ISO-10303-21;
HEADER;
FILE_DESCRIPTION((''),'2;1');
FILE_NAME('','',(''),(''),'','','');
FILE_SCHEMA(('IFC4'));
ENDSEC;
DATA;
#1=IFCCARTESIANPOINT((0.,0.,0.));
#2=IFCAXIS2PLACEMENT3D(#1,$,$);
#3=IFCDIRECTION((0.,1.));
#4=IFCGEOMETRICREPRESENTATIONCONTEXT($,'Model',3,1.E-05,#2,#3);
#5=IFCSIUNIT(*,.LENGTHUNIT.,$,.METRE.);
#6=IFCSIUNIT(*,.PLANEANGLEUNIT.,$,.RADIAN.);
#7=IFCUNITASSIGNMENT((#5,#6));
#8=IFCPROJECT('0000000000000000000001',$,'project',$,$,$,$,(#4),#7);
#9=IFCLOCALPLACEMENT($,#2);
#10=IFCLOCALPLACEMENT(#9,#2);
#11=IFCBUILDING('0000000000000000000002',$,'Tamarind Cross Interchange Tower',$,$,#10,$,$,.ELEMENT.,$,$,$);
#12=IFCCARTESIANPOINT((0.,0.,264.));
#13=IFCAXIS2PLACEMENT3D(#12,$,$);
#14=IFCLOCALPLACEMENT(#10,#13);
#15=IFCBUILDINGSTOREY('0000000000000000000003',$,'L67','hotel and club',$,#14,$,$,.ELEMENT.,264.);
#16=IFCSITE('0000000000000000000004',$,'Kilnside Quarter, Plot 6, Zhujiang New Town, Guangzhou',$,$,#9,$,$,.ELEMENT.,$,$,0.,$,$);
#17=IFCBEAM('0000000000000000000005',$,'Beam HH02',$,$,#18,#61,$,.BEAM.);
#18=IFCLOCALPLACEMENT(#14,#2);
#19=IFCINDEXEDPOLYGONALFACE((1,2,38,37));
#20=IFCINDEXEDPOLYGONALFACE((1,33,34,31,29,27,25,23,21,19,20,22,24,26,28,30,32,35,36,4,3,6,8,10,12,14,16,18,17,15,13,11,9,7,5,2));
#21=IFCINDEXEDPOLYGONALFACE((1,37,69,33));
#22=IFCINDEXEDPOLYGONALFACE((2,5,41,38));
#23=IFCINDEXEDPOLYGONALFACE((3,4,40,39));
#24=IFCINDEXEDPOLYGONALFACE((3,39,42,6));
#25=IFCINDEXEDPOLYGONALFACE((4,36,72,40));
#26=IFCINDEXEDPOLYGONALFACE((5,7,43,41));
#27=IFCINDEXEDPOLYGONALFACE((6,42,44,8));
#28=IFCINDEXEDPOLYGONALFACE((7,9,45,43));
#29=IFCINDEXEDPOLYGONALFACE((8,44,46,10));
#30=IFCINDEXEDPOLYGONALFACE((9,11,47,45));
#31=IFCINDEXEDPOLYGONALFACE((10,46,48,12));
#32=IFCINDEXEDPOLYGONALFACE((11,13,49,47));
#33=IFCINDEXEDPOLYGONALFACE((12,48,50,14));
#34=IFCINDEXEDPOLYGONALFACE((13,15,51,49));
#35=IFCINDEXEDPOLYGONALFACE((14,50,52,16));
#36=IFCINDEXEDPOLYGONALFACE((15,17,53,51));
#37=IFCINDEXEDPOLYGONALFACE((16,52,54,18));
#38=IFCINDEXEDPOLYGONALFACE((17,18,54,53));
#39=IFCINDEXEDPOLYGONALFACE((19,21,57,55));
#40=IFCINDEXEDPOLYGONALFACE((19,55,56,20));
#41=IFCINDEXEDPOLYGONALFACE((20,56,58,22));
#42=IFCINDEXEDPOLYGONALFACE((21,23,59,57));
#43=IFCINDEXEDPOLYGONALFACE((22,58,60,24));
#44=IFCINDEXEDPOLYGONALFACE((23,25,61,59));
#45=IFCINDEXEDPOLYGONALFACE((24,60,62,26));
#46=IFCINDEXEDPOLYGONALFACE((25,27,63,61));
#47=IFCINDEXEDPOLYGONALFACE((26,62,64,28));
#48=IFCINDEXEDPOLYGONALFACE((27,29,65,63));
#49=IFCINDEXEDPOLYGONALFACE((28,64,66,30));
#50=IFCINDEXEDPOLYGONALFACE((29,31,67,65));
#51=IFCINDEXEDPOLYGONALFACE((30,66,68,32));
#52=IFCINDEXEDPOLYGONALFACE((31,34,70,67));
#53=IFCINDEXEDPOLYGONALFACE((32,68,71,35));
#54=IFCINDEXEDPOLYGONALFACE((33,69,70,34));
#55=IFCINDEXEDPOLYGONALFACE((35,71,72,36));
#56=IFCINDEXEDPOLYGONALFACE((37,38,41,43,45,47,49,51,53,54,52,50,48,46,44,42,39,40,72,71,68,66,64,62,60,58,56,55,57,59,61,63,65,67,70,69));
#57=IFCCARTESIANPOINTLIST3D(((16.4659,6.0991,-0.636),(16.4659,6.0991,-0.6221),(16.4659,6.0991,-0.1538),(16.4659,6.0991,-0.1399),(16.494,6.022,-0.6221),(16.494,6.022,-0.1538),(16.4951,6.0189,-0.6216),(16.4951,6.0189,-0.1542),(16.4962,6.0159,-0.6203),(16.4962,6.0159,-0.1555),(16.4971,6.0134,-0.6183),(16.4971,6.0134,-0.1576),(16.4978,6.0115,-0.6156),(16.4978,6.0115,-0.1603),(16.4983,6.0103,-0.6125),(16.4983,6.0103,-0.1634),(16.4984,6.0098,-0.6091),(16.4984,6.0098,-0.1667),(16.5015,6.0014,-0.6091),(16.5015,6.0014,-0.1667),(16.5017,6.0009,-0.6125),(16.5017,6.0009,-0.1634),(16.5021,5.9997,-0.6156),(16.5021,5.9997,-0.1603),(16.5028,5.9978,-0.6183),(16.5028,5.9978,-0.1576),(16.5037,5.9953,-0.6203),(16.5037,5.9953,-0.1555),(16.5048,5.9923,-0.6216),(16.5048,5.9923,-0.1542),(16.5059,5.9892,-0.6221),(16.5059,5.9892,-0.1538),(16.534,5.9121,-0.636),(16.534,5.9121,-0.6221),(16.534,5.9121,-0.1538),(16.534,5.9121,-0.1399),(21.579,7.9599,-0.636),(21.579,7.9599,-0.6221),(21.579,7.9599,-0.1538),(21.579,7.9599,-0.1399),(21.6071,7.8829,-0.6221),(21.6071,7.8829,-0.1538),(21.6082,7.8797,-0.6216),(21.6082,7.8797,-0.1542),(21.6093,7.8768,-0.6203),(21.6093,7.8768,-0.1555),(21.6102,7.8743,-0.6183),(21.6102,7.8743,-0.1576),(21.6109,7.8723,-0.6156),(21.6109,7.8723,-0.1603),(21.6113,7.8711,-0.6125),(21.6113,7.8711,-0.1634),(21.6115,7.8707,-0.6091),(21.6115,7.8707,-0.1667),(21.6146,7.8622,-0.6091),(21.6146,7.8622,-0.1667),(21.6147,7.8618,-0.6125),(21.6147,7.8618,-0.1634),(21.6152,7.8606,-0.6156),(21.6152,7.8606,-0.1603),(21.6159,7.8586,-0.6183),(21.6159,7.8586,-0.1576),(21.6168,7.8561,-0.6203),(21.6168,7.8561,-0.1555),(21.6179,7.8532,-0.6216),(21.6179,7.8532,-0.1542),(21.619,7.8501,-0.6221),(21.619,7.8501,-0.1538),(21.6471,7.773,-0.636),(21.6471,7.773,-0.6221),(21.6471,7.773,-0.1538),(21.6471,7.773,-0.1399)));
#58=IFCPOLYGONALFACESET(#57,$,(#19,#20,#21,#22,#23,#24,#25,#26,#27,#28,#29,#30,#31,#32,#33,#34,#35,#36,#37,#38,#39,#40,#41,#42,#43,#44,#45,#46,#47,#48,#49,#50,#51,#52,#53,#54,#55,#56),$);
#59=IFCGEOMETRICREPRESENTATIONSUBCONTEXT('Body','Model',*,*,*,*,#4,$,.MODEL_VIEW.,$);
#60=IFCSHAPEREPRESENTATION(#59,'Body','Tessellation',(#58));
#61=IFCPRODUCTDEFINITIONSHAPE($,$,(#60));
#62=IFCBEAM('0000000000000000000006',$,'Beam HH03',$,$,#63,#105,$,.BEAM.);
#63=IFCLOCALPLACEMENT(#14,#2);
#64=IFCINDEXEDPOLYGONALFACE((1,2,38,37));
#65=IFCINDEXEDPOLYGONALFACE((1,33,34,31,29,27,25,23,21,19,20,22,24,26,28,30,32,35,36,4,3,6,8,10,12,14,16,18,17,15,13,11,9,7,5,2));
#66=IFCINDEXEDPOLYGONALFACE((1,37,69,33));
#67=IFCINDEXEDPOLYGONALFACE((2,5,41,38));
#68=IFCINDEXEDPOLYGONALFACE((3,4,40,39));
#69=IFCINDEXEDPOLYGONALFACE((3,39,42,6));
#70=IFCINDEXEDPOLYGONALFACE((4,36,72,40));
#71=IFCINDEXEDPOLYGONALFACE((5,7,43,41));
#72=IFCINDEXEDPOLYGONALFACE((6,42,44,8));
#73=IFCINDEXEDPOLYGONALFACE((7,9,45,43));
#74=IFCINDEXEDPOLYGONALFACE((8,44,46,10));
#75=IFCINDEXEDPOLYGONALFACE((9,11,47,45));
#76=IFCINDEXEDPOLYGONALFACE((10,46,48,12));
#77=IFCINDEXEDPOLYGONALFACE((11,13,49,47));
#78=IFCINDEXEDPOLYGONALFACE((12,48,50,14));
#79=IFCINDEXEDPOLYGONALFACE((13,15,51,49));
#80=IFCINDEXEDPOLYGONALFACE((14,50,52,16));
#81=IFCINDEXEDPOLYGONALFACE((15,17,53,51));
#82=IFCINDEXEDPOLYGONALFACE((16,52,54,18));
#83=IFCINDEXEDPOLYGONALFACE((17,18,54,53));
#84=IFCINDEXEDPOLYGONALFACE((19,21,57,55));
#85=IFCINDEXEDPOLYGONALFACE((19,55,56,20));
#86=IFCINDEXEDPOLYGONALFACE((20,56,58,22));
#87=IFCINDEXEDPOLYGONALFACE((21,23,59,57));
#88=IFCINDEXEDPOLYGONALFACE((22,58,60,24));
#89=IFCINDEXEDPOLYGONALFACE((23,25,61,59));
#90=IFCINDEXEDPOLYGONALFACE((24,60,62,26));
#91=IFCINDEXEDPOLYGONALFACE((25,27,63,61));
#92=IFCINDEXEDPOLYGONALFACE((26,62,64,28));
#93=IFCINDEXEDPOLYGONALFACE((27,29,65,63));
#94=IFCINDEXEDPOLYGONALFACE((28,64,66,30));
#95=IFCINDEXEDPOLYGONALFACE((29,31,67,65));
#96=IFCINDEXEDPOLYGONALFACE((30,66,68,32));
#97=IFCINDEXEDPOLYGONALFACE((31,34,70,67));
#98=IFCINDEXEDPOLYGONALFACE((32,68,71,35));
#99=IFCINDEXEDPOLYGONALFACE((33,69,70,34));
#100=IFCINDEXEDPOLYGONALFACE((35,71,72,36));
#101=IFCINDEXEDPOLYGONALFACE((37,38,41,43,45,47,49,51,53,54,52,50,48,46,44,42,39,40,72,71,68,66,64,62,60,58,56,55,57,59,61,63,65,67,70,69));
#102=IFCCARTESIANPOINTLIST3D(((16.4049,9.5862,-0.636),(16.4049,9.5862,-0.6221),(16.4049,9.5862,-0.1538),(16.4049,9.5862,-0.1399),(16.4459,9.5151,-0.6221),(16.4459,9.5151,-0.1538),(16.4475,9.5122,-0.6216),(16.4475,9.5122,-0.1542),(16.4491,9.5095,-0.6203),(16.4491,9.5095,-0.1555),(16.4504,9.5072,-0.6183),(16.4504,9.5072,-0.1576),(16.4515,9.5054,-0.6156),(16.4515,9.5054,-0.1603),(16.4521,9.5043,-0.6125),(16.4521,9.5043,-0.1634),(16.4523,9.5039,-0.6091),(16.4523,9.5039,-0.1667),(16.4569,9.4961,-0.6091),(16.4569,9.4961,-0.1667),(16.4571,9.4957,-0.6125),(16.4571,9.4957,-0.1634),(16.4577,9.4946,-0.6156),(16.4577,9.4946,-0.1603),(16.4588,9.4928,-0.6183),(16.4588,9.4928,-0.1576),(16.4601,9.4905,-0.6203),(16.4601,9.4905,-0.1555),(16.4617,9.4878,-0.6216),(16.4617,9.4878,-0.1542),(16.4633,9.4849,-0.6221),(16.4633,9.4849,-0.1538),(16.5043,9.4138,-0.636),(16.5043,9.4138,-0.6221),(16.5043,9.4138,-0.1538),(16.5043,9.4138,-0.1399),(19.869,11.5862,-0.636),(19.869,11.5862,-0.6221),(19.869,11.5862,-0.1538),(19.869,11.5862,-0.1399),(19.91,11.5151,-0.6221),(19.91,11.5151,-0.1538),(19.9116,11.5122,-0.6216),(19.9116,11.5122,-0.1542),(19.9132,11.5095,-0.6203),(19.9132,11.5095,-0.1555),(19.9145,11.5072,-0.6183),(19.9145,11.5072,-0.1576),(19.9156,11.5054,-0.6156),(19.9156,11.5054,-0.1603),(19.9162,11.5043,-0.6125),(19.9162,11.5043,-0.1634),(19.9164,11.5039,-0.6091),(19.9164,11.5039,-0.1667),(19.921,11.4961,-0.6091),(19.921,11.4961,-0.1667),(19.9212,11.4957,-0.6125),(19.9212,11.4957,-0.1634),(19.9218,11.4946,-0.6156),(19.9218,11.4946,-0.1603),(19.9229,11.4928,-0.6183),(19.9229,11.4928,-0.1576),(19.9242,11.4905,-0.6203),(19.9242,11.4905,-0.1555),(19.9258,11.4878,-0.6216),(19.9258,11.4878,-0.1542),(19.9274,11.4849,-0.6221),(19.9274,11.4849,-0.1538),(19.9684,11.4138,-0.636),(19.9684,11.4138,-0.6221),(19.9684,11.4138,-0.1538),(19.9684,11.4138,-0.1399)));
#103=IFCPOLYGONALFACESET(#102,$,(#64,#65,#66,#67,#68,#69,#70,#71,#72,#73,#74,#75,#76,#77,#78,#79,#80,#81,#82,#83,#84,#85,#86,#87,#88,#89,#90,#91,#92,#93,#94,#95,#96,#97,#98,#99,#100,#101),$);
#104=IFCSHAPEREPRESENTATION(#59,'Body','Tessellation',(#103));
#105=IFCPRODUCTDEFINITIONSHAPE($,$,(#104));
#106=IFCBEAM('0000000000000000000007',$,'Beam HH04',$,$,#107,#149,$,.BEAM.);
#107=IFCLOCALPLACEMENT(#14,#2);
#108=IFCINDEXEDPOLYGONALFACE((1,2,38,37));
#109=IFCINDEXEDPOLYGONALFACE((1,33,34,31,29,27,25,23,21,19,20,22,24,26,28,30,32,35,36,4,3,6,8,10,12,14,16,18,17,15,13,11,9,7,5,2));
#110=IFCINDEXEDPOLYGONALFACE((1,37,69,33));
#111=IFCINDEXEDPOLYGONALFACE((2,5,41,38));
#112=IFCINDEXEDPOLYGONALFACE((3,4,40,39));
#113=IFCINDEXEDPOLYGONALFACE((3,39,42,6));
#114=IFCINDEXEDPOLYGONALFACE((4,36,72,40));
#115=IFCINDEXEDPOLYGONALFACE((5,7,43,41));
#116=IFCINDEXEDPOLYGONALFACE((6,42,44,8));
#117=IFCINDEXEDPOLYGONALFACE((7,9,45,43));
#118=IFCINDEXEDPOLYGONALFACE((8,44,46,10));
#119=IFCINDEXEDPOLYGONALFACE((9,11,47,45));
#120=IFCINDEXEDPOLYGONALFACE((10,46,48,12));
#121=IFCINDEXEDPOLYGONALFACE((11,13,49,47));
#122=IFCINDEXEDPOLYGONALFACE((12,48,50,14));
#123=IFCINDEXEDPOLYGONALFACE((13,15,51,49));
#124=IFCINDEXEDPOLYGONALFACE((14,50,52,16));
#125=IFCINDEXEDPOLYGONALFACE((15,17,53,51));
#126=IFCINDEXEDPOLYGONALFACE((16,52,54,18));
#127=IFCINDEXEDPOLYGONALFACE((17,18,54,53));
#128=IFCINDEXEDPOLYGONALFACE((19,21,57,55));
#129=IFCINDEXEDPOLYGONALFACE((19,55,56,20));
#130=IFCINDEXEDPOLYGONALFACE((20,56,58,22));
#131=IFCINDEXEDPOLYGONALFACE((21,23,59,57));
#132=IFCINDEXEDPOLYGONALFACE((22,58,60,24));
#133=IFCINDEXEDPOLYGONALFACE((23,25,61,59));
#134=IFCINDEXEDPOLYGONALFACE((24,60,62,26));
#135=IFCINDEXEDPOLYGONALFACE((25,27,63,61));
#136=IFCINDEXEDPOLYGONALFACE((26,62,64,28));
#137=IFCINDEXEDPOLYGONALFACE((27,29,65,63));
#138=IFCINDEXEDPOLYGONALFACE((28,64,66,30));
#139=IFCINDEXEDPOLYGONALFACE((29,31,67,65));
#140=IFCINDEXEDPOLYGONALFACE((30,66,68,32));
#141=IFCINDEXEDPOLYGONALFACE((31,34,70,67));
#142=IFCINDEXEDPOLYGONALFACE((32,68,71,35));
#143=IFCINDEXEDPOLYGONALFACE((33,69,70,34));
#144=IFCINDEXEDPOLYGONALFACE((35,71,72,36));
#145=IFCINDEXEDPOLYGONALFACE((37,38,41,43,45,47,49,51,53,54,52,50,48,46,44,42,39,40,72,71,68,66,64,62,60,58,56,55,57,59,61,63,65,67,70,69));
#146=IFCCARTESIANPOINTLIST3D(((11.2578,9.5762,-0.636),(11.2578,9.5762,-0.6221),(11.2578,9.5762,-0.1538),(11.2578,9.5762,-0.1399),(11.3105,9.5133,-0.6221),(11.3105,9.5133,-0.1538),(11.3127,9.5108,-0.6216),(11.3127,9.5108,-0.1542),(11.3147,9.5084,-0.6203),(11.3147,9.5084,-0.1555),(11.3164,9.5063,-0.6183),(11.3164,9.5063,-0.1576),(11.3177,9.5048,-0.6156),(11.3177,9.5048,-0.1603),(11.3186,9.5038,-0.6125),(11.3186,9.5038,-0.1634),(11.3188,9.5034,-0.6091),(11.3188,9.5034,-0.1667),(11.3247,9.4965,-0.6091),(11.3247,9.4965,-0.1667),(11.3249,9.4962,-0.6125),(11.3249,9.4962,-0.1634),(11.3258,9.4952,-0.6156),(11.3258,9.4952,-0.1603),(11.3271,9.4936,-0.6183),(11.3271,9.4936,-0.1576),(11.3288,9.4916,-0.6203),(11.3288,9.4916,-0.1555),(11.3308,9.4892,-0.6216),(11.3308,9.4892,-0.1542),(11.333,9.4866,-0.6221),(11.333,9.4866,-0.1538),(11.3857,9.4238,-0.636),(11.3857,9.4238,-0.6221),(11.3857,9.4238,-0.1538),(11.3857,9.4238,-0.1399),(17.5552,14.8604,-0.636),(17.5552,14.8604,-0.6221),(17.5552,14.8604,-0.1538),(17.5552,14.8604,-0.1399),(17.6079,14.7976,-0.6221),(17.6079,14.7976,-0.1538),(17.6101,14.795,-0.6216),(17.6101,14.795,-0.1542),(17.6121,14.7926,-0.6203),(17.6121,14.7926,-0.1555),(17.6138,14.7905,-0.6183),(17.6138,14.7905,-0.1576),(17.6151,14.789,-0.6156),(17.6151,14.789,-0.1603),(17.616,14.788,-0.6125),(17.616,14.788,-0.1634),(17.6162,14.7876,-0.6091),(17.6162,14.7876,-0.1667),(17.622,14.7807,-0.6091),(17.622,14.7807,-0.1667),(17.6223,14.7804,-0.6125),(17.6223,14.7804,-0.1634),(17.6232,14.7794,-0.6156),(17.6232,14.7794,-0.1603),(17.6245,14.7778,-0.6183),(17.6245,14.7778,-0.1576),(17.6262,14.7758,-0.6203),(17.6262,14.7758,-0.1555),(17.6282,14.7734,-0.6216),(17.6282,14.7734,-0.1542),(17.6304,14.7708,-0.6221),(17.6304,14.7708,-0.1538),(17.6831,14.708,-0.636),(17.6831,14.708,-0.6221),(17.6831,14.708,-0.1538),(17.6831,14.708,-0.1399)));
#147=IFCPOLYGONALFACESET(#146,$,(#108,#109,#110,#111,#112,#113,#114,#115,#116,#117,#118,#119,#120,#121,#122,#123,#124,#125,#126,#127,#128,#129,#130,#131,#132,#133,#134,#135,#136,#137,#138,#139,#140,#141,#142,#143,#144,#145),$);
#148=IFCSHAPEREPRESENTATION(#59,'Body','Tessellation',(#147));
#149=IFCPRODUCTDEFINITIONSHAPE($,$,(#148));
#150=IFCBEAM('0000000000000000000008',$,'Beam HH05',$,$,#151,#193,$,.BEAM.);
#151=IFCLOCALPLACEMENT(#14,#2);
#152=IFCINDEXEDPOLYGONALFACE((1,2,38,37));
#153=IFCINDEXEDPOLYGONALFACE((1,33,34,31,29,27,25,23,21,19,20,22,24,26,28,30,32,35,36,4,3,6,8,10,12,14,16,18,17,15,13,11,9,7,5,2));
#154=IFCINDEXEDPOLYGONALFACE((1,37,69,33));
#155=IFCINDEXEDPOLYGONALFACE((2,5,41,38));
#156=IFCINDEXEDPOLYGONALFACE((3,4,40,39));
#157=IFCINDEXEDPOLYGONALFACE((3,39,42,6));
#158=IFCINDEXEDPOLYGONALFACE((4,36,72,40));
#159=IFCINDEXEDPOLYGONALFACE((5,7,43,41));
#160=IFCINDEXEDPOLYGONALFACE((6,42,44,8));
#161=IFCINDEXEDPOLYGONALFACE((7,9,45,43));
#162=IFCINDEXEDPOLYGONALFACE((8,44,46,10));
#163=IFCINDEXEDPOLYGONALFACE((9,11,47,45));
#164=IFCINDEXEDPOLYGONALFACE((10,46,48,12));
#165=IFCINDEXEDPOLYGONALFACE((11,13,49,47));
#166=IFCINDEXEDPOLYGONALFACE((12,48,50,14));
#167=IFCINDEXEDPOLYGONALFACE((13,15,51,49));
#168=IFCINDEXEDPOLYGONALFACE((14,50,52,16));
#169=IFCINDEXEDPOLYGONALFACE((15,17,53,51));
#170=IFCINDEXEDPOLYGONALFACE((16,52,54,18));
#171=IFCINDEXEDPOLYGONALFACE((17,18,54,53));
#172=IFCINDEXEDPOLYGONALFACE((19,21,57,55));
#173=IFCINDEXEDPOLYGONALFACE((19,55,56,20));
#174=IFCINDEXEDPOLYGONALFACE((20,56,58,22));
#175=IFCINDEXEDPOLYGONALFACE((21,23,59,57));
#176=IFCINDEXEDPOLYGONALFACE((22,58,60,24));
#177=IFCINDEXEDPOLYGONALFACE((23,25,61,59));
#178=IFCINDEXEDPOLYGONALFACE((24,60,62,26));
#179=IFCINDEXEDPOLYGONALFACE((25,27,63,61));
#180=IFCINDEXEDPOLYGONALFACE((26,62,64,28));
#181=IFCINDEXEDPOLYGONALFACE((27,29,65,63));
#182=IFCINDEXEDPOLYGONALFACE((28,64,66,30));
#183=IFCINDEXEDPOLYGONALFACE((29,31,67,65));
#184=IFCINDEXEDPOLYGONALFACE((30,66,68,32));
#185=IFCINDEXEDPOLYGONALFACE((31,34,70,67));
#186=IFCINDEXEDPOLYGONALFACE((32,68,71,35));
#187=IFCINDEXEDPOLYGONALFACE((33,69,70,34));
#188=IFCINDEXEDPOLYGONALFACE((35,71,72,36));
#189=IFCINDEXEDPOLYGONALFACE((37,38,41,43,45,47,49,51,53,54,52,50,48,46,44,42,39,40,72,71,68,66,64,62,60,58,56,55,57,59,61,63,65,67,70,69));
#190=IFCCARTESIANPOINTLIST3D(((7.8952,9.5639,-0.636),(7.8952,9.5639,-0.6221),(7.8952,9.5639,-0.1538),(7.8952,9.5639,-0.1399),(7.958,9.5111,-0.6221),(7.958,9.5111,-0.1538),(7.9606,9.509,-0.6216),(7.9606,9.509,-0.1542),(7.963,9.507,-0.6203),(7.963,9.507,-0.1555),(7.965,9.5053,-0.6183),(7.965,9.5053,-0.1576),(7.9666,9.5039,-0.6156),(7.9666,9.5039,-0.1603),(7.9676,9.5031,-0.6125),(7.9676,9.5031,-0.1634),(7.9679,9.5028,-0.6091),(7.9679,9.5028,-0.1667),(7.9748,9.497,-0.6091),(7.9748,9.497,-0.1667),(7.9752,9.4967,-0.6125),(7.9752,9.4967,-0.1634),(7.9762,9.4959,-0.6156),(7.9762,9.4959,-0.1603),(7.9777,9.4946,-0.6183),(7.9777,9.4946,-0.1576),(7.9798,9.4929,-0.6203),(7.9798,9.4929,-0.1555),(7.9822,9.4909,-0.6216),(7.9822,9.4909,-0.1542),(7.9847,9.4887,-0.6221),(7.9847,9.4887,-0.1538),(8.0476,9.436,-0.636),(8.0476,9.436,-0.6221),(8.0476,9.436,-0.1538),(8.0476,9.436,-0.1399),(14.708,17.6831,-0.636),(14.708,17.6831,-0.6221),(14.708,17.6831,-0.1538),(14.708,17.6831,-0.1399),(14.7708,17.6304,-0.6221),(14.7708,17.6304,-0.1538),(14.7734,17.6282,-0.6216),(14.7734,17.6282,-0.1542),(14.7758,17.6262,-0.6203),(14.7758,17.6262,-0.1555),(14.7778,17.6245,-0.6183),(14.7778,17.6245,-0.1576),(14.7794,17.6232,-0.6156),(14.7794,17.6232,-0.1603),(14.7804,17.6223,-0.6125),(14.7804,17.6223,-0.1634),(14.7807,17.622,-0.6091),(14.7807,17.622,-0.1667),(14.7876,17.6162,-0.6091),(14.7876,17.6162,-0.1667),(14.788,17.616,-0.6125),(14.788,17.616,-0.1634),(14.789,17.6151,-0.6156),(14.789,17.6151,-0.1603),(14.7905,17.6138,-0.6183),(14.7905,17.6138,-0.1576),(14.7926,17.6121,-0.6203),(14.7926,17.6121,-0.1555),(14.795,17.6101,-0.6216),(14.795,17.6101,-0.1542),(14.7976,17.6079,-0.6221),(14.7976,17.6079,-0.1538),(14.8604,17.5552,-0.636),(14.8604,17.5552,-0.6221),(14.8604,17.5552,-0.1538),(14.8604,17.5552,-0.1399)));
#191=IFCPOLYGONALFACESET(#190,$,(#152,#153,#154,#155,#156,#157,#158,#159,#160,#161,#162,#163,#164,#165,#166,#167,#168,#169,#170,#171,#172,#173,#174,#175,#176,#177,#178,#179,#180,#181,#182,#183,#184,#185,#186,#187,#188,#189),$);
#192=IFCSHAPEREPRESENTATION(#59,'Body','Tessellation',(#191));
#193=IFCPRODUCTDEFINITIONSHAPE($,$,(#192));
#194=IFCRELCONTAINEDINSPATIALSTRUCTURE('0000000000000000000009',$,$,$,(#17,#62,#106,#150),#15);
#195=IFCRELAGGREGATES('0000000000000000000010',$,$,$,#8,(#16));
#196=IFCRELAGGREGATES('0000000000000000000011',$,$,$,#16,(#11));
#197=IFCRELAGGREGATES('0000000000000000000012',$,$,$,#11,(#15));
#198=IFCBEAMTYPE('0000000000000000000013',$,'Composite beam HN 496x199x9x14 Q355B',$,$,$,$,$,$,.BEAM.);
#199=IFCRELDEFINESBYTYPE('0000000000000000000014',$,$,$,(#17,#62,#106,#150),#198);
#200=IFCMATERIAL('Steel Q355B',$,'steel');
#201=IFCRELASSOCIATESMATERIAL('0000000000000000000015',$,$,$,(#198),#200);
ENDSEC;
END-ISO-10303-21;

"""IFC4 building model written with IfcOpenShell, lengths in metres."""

from ifc_helpers import new_model, si_unit, direction, frame, origin, origin_2d, place, context, subcontext, project, spatial, i_section, extrude, material, material_profile, profile_set, type_object, element, save


model = new_model("IFC4")

# Units and contexts
model_context = context("Model", 3, precision=1e-05, world=origin(), true_north=direction((0.0, 1.0)))
body_context = subcontext(model_context, "Body", "Model", "MODEL_VIEW")
ifc_project = project(units=[si_unit("LENGTHUNIT", "METRE"), si_unit("PLANEANGLEUNIT", "RADIAN")], contexts=[model_context])

# Site, building, storey
site_placement = place(None, origin())
site = spatial("IfcSite", under=ifc_project, at=site_placement, Name="Kilnside Quarter, Plot 6, Zhujiang New Town, Guangzhou", CompositionType="ELEMENT", RefElevation=0.0)
building_placement = place(site_placement, origin())
building = spatial("IfcBuilding", under=site, at=building_placement, Name="Tamarind Cross Interchange Tower", CompositionType="ELEMENT")
storey_placement = place(building_placement, frame((0.0, 0.0, 264.0)))
storey = spatial("IfcBuildingStorey", under=building, at=storey_placement, Name="L67", Description="hotel and club", CompositionType="ELEMENT", Elevation=264.0)

# Beams
ifc_material_1 = material(Name="Steel Q355B", Category="steel")
ifc_material_profile_1 = material_profile(ifc_material_1, i_section(OverallWidth=0.199, OverallDepth=0.4961, WebThickness=0.009, FlangeThickness=0.0139, FilletRadius=0.0129, at=origin_2d()), Name="HN 496x199x9x14")
ifc_profile_set_1 = profile_set([ifc_material_profile_1], Name="Steel Q355B")
beam_type = type_object("IfcBeamType", Name="Composite beam HN 496x199x9x14 Q355B", PredefinedType="BEAM", material=ifc_profile_set_1)
beam_1_placement = place(storey_placement, frame((21.613, 7.8665, -0.3879), z_axis=(-0.939702, -0.341995, 0.0), x_axis=(0.341995, -0.939702, 0.0)))
element("IfcBeam", 1, at=beam_1_placement, inside=storey, type_object=beam_type, Name="Beam HH02", PredefinedType="BEAM", context=body_context, shape_type="SweptSolid", body=[
    extrude(i_section(OverallWidth=0.199, OverallDepth=0.4961, WebThickness=0.009, FlangeThickness=0.0139, FilletRadius=0.0129, at=origin_2d()), origin(), (0.0, 0.0, 1.0), 5.4412),
])
beam_2_placement = place(storey_placement, frame((19.9187, 11.5, -0.3879), z_axis=(-0.866026, -0.499999, 0.0), x_axis=(0.499999, -0.866026, 0.0)))
element("IfcBeam", 2, at=beam_2_placement, inside=storey, type_object=beam_type, Name="Beam HH03", PredefinedType="BEAM", context=body_context, shape_type="SweptSolid", body=[
    extrude(i_section(OverallWidth=0.199, OverallDepth=0.4961, WebThickness=0.009, FlangeThickness=0.0139, FilletRadius=0.0129, at=origin_2d()), origin(), (0.0, 0.0, 1.0), 4.0),
])
beam_3_placement = place(storey_placement, frame((17.6191, 14.7842, -0.3879), z_axis=(-0.766041, -0.642792, 0.0), x_axis=(0.642792, -0.766041, 0.0)))
element("IfcBeam", 3, at=beam_3_placement, inside=storey, type_object=beam_type, Name="Beam HH04", PredefinedType="BEAM", context=body_context, shape_type="SweptSolid", body=[
    extrude(i_section(OverallWidth=0.199, OverallDepth=0.4961, WebThickness=0.009, FlangeThickness=0.0139, FilletRadius=0.0129, at=origin_2d()), origin(), (0.0, 0.0, 1.0), 8.2207),
])
beam_4_placement = place(storey_placement, frame((14.7842, 17.6191, -0.3879), z_axis=(-0.642786, -0.766046, 0.0), x_axis=(0.766046, -0.642786, 0.0)))
element("IfcBeam", 4, at=beam_4_placement, inside=storey, type_object=beam_type, Name="Beam HH05", PredefinedType="BEAM", context=body_context, shape_type="SweptSolid", body=[
    extrude(i_section(OverallWidth=0.199, OverallDepth=0.4961, WebThickness=0.009, FlangeThickness=0.0139, FilletRadius=0.0129, at=origin_2d()), origin(), (0.0, 0.0, 1.0), 10.5989),
])

save(model, "model.ifc")
